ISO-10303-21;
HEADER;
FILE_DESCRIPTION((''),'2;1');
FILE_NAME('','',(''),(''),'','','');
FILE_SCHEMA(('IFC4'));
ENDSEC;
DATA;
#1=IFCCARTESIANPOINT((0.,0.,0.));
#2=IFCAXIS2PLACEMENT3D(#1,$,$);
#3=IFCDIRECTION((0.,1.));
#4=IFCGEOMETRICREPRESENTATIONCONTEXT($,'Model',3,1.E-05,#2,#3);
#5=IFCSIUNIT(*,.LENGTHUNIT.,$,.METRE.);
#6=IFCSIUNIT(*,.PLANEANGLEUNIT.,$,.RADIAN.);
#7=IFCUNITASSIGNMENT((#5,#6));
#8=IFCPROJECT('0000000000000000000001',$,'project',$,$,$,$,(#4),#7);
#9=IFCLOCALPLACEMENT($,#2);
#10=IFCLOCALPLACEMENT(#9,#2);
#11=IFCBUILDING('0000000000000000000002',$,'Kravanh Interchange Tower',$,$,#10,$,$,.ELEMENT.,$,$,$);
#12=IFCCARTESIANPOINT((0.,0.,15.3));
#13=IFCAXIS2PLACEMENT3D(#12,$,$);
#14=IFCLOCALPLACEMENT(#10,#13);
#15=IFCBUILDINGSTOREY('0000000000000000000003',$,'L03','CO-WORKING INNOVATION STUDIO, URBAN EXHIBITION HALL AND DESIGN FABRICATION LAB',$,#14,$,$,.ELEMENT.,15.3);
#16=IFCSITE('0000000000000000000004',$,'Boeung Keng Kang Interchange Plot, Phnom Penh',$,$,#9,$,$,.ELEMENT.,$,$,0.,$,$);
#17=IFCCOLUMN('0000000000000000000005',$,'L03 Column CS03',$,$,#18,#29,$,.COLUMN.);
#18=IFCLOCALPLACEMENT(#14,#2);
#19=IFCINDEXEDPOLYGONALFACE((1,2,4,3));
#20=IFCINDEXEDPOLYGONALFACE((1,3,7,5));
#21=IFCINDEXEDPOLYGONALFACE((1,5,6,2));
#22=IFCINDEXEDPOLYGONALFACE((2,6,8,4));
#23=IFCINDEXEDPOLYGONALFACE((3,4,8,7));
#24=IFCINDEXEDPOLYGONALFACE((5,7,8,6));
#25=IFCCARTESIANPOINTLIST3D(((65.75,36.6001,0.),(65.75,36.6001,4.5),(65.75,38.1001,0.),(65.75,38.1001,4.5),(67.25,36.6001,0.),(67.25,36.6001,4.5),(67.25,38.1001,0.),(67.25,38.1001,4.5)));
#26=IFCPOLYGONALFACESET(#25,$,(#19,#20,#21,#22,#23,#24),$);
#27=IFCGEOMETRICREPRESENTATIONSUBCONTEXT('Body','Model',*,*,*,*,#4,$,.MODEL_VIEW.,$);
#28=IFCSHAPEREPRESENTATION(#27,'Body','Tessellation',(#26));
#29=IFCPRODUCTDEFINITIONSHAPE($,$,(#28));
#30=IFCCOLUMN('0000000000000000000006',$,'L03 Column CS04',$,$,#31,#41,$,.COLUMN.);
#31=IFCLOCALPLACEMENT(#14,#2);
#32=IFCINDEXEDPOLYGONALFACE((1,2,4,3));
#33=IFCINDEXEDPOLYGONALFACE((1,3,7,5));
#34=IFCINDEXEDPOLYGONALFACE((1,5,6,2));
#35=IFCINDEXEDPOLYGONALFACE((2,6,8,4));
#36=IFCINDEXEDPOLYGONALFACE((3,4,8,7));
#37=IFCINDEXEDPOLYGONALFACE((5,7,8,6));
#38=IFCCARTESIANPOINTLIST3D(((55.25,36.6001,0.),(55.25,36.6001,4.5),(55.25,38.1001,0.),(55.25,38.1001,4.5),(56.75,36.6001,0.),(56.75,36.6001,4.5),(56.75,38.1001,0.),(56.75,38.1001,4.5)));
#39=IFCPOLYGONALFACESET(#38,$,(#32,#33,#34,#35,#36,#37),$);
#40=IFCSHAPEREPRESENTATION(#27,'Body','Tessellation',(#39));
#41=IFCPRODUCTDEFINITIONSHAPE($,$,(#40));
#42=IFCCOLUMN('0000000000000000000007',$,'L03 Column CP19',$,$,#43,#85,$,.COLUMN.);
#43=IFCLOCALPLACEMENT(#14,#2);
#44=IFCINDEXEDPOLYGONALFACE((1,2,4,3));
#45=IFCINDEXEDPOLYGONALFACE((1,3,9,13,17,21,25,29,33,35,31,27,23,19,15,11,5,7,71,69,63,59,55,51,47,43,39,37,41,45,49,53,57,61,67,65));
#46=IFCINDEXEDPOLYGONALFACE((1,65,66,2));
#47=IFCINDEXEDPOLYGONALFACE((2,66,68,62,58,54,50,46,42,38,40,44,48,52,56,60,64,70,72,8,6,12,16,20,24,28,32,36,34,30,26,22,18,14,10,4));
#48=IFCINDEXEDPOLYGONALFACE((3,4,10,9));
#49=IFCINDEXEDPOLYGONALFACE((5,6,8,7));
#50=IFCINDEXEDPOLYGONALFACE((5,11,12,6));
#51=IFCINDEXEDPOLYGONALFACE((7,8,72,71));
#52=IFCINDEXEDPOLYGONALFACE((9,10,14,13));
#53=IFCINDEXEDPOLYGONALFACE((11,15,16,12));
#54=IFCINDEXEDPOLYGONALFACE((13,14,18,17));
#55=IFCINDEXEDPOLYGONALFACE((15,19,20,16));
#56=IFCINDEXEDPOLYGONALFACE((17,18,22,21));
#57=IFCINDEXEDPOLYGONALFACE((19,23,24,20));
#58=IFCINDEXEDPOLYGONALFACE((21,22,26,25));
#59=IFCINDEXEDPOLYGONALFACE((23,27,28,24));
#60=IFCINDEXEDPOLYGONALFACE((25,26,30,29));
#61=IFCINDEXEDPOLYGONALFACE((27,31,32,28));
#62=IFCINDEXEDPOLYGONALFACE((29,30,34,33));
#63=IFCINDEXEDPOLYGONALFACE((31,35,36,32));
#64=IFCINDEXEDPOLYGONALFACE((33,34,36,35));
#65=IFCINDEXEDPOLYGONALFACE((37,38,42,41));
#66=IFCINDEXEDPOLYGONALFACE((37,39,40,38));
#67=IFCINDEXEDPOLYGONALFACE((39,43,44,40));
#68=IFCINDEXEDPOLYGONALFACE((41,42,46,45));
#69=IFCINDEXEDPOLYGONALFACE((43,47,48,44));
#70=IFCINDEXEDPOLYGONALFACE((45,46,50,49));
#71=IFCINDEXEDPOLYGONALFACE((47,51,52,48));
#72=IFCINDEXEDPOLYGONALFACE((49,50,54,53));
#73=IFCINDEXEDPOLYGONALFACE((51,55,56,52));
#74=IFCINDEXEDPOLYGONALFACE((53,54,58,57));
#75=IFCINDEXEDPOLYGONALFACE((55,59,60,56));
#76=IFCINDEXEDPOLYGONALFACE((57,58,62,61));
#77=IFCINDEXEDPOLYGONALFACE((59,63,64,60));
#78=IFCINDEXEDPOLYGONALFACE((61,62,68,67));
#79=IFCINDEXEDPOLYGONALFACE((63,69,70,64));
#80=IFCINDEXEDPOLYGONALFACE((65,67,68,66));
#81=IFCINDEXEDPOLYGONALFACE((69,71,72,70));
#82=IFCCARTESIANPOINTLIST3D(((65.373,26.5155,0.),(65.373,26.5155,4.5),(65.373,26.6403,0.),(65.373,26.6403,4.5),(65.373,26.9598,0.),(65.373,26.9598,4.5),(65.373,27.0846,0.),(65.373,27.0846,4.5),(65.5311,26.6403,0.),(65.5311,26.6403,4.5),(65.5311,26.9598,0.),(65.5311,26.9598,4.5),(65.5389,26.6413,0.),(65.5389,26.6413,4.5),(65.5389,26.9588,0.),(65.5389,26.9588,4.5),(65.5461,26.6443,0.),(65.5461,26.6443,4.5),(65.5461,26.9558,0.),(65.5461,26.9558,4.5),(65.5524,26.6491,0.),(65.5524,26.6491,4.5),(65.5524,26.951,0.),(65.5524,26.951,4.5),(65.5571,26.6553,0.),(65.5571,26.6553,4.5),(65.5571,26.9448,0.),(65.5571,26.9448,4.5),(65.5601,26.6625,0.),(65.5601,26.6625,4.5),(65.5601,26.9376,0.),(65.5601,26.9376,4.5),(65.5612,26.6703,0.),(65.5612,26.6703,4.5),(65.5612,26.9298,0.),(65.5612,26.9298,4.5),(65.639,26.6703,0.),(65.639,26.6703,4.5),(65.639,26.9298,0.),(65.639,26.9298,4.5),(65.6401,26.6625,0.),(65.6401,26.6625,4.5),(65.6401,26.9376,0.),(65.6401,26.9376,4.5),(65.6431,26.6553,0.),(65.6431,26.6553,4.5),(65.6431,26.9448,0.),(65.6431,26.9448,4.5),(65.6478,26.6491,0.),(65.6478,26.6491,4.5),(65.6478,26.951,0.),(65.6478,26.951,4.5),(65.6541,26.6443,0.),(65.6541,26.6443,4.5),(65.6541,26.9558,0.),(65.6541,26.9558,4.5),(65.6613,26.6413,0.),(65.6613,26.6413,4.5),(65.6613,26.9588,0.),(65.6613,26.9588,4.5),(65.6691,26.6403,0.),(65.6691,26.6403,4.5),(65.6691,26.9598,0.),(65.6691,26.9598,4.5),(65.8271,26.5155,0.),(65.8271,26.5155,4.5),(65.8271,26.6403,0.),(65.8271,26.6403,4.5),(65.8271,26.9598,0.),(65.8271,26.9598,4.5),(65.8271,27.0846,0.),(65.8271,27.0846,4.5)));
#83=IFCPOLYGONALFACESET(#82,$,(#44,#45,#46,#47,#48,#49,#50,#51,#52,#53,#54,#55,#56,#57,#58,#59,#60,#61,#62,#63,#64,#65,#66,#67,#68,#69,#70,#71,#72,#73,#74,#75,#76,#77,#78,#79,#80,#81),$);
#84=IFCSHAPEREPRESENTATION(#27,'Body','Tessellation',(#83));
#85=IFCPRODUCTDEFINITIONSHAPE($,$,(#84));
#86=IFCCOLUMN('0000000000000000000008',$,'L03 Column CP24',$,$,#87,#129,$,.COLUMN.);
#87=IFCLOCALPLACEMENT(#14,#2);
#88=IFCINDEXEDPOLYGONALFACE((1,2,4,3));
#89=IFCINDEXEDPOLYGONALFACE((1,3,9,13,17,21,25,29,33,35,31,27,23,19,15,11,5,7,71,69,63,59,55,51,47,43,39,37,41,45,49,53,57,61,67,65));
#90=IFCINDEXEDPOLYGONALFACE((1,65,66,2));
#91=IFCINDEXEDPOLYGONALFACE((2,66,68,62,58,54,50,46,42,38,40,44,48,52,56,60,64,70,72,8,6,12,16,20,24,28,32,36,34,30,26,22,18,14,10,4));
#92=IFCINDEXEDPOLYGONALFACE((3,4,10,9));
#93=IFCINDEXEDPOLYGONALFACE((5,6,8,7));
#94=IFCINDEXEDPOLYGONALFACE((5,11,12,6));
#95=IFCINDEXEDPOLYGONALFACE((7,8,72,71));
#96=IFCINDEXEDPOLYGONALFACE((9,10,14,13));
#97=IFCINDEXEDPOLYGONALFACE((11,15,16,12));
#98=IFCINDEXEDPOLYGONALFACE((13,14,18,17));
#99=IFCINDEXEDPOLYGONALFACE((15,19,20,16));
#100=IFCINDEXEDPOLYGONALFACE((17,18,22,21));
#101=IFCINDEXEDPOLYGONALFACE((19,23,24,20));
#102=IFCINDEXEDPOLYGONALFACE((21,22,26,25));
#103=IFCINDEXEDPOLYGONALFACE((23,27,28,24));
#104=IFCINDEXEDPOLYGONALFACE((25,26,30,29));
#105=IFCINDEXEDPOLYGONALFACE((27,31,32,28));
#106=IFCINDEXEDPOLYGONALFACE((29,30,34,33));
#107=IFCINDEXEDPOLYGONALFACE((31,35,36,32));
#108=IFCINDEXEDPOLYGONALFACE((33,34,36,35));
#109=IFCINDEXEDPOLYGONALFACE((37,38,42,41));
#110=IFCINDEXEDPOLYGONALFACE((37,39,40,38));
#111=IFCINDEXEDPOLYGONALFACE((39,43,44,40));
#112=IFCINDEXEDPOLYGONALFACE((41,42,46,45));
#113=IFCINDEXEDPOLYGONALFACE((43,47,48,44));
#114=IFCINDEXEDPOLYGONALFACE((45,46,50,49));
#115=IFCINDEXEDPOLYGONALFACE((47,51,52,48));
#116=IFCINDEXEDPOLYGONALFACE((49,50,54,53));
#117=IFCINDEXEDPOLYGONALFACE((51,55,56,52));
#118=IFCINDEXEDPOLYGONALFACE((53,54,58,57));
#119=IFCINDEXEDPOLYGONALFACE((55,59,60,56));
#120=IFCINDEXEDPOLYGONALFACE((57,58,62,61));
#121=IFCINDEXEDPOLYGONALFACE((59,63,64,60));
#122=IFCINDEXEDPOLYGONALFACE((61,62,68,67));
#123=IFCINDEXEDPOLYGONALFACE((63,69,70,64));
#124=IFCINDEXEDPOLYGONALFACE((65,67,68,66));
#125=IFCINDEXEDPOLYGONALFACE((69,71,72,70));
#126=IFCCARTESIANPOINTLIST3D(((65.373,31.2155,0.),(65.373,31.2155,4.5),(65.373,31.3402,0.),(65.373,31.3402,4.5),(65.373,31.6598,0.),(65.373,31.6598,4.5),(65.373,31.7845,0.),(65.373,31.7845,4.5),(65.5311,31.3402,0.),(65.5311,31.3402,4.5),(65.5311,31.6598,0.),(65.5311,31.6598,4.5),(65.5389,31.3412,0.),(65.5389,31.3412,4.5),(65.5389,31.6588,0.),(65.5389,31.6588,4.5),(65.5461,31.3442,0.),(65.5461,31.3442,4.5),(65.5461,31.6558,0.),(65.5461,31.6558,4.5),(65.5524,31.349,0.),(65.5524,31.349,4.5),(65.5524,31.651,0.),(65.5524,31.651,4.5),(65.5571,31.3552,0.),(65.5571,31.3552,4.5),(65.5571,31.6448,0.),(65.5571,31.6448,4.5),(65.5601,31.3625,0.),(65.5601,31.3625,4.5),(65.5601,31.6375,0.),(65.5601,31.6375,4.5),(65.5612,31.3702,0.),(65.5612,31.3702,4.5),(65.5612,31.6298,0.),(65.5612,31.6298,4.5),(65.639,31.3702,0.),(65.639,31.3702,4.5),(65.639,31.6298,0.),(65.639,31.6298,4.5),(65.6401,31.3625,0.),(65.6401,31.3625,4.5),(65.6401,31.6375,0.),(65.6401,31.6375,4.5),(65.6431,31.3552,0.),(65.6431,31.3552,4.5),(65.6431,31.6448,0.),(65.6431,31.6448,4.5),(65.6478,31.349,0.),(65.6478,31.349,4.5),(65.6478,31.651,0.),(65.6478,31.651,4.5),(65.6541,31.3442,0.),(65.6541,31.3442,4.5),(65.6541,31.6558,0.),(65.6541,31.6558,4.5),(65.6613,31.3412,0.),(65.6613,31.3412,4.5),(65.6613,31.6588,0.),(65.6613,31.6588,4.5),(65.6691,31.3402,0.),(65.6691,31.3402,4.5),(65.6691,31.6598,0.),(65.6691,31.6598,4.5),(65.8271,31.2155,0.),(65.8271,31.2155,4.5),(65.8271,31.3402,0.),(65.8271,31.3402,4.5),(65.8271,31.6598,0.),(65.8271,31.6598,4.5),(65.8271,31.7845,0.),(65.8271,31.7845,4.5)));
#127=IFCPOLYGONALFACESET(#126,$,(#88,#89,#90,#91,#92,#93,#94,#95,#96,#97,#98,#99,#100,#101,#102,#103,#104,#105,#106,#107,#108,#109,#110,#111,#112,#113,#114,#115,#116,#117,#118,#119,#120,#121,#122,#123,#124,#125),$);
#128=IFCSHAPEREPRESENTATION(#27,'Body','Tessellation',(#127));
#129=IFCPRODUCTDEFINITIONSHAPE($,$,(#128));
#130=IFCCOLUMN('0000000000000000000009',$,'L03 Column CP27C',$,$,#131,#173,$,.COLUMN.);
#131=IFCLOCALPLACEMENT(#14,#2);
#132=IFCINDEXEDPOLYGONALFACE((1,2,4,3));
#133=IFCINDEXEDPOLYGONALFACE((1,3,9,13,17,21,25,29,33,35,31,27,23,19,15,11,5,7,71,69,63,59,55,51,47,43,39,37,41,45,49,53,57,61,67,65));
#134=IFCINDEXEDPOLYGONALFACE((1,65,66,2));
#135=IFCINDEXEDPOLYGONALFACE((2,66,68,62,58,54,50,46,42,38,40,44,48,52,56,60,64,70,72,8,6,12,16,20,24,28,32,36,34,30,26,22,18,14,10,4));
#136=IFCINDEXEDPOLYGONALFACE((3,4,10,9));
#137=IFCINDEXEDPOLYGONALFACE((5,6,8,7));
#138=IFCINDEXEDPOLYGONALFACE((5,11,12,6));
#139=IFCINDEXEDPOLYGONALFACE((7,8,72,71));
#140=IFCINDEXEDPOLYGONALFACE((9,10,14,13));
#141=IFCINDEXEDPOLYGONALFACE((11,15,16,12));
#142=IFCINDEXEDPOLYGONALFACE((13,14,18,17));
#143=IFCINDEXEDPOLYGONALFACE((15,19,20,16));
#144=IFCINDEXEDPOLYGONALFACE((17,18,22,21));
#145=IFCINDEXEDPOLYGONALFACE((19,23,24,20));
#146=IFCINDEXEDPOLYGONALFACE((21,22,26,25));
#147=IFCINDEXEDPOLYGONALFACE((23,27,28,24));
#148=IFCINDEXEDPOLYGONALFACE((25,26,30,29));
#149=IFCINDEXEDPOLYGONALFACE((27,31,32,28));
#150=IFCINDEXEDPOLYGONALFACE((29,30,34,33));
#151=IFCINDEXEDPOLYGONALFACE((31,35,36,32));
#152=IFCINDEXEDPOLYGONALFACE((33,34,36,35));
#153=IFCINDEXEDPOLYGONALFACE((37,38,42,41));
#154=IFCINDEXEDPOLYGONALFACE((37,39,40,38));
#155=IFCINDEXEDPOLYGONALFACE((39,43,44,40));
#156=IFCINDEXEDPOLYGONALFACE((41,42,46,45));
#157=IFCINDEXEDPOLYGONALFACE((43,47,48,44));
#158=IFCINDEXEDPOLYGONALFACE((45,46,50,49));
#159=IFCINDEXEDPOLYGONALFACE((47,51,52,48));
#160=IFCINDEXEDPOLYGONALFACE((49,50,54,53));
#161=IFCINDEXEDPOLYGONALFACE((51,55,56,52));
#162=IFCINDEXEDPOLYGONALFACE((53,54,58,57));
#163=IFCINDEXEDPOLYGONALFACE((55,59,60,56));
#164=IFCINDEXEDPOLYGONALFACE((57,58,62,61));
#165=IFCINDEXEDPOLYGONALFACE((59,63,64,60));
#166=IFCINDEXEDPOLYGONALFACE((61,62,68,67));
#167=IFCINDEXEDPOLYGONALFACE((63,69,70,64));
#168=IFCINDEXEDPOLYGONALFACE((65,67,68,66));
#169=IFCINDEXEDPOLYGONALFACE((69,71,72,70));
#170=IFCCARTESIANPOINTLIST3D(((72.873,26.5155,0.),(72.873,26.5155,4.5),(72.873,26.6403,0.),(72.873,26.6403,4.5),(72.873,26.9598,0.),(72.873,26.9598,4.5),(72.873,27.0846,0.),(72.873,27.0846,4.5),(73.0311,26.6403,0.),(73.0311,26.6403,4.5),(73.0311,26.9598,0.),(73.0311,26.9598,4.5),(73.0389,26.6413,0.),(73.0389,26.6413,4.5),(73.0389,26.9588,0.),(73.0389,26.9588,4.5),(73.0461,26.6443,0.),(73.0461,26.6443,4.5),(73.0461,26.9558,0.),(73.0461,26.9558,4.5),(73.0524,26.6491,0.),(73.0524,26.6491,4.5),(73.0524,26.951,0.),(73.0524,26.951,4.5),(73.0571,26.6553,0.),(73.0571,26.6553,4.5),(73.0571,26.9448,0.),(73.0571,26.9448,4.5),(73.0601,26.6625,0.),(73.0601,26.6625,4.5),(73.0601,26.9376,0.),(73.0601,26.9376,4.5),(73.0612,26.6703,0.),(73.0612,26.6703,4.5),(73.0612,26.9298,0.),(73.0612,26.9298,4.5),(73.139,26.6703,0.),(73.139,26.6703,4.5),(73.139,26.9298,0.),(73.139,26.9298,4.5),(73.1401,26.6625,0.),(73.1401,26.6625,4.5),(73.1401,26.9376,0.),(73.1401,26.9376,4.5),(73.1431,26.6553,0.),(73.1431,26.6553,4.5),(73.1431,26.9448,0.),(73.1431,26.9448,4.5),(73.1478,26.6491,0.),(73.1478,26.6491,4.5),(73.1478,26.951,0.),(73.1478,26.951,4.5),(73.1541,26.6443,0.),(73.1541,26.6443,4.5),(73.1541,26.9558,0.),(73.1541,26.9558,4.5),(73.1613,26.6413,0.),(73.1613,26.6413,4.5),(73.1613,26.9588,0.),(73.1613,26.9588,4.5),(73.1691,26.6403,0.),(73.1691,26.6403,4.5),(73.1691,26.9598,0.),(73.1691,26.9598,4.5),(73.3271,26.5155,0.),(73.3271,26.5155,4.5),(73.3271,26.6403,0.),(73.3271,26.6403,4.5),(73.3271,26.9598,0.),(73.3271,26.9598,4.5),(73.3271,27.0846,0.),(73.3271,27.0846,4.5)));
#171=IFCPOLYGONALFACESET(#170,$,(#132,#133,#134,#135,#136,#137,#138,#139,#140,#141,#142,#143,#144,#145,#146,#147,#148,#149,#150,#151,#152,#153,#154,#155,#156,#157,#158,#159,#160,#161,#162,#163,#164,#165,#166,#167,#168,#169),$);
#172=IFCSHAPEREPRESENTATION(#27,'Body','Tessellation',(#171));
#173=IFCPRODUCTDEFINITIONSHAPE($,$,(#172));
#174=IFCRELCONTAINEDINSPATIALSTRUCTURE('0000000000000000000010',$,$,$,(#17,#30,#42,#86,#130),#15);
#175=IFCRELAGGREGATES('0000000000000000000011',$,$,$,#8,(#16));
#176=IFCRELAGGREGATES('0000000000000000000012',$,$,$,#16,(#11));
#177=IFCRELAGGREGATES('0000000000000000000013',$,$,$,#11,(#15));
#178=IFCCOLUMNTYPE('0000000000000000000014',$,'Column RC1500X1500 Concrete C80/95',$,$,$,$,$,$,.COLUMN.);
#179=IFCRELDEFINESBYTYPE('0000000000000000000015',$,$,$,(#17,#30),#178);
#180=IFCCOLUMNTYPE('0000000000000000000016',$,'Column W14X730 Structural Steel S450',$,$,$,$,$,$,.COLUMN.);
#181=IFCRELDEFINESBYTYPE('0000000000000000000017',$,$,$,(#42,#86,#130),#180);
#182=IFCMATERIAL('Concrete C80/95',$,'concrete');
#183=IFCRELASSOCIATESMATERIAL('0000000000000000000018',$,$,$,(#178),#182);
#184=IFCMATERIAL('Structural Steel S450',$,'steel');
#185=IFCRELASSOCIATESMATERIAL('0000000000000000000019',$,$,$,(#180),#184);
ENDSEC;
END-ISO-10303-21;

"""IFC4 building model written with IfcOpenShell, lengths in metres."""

from ifc_helpers import new_model, si_unit, direction, frame, origin, origin_2d, place, context, subcontext, project, spatial, rectangle, i_section, extrude, material, material_profile, profile_set, type_object, element, save


model = new_model("IFC4")

# Units and contexts
model_context = context("Model", 3, precision=1e-05, world=origin(), true_north=direction((0.0, 1.0)))
body_context = subcontext(model_context, "Body", "Model", "MODEL_VIEW")
ifc_project = project(units=[si_unit("LENGTHUNIT", "METRE"), si_unit("PLANEANGLEUNIT", "RADIAN")], contexts=[model_context])

# Site, building, storey
site_placement = place(None, origin())
site = spatial("IfcSite", under=ifc_project, at=site_placement, Name="Boeung Keng Kang Interchange Plot, Phnom Penh", CompositionType="ELEMENT", RefElevation=0.0)
building_placement = place(site_placement, origin())
building = spatial("IfcBuilding", under=site, at=building_placement, Name="Kravanh Interchange Tower", CompositionType="ELEMENT")
storey_placement = place(building_placement, frame((0.0, 0.0, 15.3)))
storey = spatial("IfcBuildingStorey", under=building, at=storey_placement, Name="L03", Description="CO-WORKING INNOVATION STUDIO, URBAN EXHIBITION HALL AND DESIGN FABRICATION LAB", CompositionType="ELEMENT", Elevation=15.3)

# Columns
ifc_material_1 = material(Name="Concrete C80/95", Category="concrete")
ifc_material_profile_1 = material_profile(ifc_material_1, rectangle(XDim=1.5, YDim=1.5, at=origin_2d()), Name="RC1500X1500")
ifc_profile_set_1 = profile_set([ifc_material_profile_1], Name="Concrete C80/95")
column_type_1 = type_object("IfcColumnType", Name="Column RC1500X1500 Concrete C80/95", PredefinedType="COLUMN", material=ifc_profile_set_1)
for number, where, z_axis, x_axis, name in (
    (1, (66.5, 37.3501, 0.0), (0.0, 0.0, 1.0), (1.0, 0.0, 0.0), "L03 Column CS03"),
    (2, (56.0, 37.3501, 0.0), (0.0, 0.0, 1.0), (1.0, 0.0, 0.0), "L03 Column CS04"),
):
    element("IfcColumn", number, at=place(storey_placement, frame(where, z_axis=z_axis, x_axis=x_axis)), inside=storey, type_object=column_type_1, Name=name, PredefinedType="COLUMN", context=body_context, shape_type="SweptSolid", body=[
        extrude(rectangle(XDim=1.5, YDim=1.5, at=origin_2d()), origin(), (0.0, 0.0, 1.0), 4.5),
    ])
ifc_material_2 = material(Name="Structural Steel S450", Category="steel")
ifc_material_profile_2 = material_profile(ifc_material_2, i_section(OverallWidth=0.4541, OverallDepth=0.5691, WebThickness=0.0779, FlangeThickness=0.1248, FilletRadius=0.03, at=origin_2d()), Name="W14X730")
ifc_profile_set_2 = profile_set([ifc_material_profile_2], Name="Structural Steel S450")
column_type_2 = type_object("IfcColumnType", Name="Column W14X730 Structural Steel S450", PredefinedType="COLUMN", material=ifc_profile_set_2)
for number, where, z_axis, x_axis, name in (
    (3, (65.6001, 26.8, 0.0), (0.0, 0.0, 1.0), (1.0, 0.0, 0.0), "L03 Column CP19"),
    (4, (65.6001, 31.5, 0.0), (0.0, 0.0, 1.0), (1.0, 0.0, 0.0), "L03 Column CP24"),
    (5, (73.1001, 26.8, 0.0), (0.0, 0.0, 1.0), (1.0, 0.0, 0.0), "L03 Column CP27C"),
):
    element("IfcColumn", number, at=place(storey_placement, frame(where, z_axis=z_axis, x_axis=x_axis)), inside=storey, type_object=column_type_2, Name=name, PredefinedType="COLUMN", context=body_context, shape_type="SweptSolid", body=[
        extrude(i_section(OverallWidth=0.4541, OverallDepth=0.5691, WebThickness=0.0779, FlangeThickness=0.1248, FilletRadius=0.03, at=origin_2d()), origin(), (0.0, 0.0, 1.0), 4.5),
    ])

save(model, "model.ifc")
